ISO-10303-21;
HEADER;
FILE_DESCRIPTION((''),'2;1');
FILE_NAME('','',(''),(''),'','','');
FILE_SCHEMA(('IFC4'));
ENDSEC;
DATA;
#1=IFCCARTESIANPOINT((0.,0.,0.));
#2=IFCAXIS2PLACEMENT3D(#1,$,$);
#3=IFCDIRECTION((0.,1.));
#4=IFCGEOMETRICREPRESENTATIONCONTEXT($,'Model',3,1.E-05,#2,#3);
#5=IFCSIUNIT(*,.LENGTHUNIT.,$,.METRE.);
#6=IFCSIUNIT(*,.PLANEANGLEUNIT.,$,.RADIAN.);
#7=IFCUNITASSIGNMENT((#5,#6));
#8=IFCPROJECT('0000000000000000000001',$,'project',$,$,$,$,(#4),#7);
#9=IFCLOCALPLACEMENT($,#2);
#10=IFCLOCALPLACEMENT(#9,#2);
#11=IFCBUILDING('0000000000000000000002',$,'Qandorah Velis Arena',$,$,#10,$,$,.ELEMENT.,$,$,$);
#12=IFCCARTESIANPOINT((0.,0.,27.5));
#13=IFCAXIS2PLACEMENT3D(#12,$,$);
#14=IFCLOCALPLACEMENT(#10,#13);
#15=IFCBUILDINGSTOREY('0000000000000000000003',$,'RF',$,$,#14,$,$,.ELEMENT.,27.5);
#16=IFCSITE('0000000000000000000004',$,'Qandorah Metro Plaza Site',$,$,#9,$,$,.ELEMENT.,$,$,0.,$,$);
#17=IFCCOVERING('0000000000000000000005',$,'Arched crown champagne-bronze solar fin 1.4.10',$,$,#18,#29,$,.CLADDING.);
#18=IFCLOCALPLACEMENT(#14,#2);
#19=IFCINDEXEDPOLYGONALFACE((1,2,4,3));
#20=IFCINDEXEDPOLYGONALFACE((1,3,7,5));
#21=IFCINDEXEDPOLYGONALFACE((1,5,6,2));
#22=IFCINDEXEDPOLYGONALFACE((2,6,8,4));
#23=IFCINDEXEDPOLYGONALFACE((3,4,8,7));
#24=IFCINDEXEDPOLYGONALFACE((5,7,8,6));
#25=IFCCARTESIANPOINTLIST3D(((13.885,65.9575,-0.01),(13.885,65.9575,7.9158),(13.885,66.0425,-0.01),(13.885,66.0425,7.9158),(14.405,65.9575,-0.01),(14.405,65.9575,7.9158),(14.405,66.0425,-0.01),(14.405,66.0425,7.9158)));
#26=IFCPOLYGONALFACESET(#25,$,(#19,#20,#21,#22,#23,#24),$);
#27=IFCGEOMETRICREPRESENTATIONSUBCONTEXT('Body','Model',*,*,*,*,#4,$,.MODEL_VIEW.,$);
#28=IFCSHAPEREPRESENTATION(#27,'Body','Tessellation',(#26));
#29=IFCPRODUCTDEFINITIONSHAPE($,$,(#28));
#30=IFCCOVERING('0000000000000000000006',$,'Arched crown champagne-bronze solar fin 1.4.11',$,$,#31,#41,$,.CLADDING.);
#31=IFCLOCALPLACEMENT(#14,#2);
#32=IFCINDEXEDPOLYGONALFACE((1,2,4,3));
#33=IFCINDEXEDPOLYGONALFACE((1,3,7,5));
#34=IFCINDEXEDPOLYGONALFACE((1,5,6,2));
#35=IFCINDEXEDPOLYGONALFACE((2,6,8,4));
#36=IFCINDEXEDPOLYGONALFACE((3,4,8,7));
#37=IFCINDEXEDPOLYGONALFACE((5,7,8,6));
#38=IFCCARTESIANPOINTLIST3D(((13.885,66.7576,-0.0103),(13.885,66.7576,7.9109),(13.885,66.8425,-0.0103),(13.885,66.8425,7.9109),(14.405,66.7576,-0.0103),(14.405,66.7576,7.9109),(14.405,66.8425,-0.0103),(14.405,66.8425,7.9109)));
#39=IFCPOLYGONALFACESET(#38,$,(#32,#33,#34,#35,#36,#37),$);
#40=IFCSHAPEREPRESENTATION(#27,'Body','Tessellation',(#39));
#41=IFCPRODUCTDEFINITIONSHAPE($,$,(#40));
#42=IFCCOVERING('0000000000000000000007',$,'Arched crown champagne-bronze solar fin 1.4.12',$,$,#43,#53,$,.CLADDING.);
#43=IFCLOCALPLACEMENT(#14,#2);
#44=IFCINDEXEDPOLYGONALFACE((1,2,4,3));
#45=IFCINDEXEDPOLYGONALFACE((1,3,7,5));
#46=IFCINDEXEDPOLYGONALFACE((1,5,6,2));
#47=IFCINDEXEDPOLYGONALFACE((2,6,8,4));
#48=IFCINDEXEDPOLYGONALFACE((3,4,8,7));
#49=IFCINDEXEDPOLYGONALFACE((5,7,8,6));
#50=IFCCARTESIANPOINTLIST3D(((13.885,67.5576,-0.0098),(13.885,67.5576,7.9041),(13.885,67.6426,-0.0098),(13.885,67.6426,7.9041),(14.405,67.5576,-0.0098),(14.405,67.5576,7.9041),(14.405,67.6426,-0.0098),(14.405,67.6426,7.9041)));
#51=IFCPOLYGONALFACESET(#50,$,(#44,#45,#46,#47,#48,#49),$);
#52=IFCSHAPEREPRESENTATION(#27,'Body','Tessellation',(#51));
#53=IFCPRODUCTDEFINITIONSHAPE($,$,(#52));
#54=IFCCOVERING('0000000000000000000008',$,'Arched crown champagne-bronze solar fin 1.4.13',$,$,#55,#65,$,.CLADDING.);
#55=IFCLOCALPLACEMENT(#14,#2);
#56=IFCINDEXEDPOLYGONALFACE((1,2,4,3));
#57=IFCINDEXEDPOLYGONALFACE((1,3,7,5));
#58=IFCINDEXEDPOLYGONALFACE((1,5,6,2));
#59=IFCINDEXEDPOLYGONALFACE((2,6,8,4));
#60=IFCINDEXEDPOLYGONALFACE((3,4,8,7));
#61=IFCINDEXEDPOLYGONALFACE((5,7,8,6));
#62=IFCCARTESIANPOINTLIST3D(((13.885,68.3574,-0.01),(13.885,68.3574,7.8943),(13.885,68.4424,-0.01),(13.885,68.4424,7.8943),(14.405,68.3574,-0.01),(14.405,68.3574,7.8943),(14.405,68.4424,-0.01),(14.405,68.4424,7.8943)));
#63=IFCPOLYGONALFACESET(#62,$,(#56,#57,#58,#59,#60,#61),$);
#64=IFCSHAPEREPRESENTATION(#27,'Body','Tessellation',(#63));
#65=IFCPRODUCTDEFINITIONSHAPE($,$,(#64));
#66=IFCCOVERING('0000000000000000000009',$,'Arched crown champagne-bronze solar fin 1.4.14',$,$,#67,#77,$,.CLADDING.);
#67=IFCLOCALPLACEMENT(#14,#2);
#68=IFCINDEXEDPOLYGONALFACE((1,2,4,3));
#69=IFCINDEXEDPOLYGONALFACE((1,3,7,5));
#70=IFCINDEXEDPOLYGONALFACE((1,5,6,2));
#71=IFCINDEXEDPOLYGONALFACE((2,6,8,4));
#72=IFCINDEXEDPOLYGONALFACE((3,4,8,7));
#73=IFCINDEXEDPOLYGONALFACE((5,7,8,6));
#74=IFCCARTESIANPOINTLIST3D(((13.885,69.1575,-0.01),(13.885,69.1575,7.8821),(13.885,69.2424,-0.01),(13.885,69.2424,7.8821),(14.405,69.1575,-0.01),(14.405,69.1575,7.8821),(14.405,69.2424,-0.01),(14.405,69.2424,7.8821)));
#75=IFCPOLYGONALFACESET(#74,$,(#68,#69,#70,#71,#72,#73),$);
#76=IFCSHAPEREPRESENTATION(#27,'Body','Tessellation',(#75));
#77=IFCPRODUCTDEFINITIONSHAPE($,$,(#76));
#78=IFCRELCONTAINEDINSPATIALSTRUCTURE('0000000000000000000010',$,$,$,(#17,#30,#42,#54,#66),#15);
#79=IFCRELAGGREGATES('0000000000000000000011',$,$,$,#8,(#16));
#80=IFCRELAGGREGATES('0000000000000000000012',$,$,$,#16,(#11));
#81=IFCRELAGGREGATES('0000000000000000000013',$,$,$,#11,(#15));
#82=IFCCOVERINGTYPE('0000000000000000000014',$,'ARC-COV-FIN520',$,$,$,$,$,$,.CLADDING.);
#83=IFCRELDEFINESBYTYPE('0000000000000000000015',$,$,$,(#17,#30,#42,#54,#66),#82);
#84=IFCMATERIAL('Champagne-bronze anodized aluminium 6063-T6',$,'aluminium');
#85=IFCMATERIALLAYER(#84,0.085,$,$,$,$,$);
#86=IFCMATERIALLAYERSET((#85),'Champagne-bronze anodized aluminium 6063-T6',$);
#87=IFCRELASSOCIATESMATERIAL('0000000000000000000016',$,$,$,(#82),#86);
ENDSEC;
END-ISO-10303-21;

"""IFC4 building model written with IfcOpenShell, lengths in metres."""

from ifc_helpers import new_model, si_unit, direction, frame, origin, origin_2d, place, context, subcontext, project, spatial, rectangle, extrude, material, layer, layer_set, type_object, element, save


model = new_model("IFC4")

# Units and contexts
model_context = context("Model", 3, precision=1e-05, world=origin(), true_north=direction((0.0, 1.0)))
body_context = subcontext(model_context, "Body", "Model", "MODEL_VIEW")
ifc_project = project(units=[si_unit("LENGTHUNIT", "METRE"), si_unit("PLANEANGLEUNIT", "RADIAN")], contexts=[model_context])

# Site, building, storey
site_placement = place(None, origin())
site = spatial("IfcSite", under=ifc_project, at=site_placement, Name="Qandorah Metro Plaza Site", CompositionType="ELEMENT", RefElevation=0.0)
building_placement = place(site_placement, origin())
building = spatial("IfcBuilding", under=site, at=building_placement, Name="Qandorah Velis Arena", CompositionType="ELEMENT")
storey_placement = place(building_placement, frame((0.0, 0.0, 27.5)))
storey = spatial("IfcBuildingStorey", under=building, at=storey_placement, Name="RF", CompositionType="ELEMENT", Elevation=27.5)

# Shared definitions
ifc_material_1 = material(Name="Champagne-bronze anodized aluminium 6063-T6", Category="aluminium")

# Coverings
ifc_layer_1 = layer(ifc_material_1, 0.085)
ifc_layer_set_1 = layer_set([ifc_layer_1], Name="Champagne-bronze anodized aluminium 6063-T6")
covering_type = type_object("IfcCoveringType", Name="ARC-COV-FIN520", PredefinedType="CLADDING", material=ifc_layer_set_1)
covering_1_placement = place(storey_placement, frame((14.145, 66.0, -0.01), z_axis=(0.0, 0.0, 1.0), x_axis=(1.0, 0.0, 0.0)))
element("IfcCovering", 1, at=covering_1_placement, inside=storey, type_object=covering_type, Name="Arched crown champagne-bronze solar fin 1.4.10", PredefinedType="CLADDING", context=body_context, shape_type="SweptSolid", body=[
    extrude(rectangle(XDim=0.52, YDim=0.085, at=origin_2d()), origin(), (0.0, 0.0, 1.0), 7.9258),
])
covering_2_placement = place(storey_placement, frame((14.145, 66.8, -0.0103), z_axis=(0.0, 0.0, 1.0), x_axis=(1.0, 0.0, 0.0)))
element("IfcCovering", 2, at=covering_2_placement, inside=storey, type_object=covering_type, Name="Arched crown champagne-bronze solar fin 1.4.11", PredefinedType="CLADDING", context=body_context, shape_type="SweptSolid", body=[
    extrude(rectangle(XDim=0.52, YDim=0.085, at=origin_2d()), origin(), (0.0, 0.0, 1.0), 7.9211),
])
covering_3_placement = place(storey_placement, frame((14.145, 67.6001, -0.0098), z_axis=(0.0, 0.0, 1.0), x_axis=(1.0, 0.0, 0.0)))
element("IfcCovering", 3, at=covering_3_placement, inside=storey, type_object=covering_type, Name="Arched crown champagne-bronze solar fin 1.4.12", PredefinedType="CLADDING", context=body_context, shape_type="SweptSolid", body=[
    extrude(rectangle(XDim=0.52, YDim=0.085, at=origin_2d()), origin(), (0.0, 0.0, 1.0), 7.9138),
])
covering_4_placement = place(storey_placement, frame((14.145, 68.3999, -0.01), z_axis=(0.0, 0.0, 1.0), x_axis=(1.0, 0.0, 0.0)))
element("IfcCovering", 4, at=covering_4_placement, inside=storey, type_object=covering_type, Name="Arched crown champagne-bronze solar fin 1.4.13", PredefinedType="CLADDING", context=body_context, shape_type="SweptSolid", body=[
    extrude(rectangle(XDim=0.52, YDim=0.085, at=origin_2d()), origin(), (0.0, 0.0, 1.0), 7.9043),
])
covering_5_placement = place(storey_placement, frame((14.145, 69.2, -0.01), z_axis=(0.0, 0.0, 1.0), x_axis=(1.0, 0.0, 0.0)))
element("IfcCovering", 5, at=covering_5_placement, inside=storey, type_object=covering_type, Name="Arched crown champagne-bronze solar fin 1.4.14", PredefinedType="CLADDING", context=body_context, shape_type="SweptSolid", body=[
    extrude(rectangle(XDim=0.52, YDim=0.085, at=origin_2d()), origin(), (0.0, 0.0, 1.0), 7.8921),
])

save(model, "model.ifc")
